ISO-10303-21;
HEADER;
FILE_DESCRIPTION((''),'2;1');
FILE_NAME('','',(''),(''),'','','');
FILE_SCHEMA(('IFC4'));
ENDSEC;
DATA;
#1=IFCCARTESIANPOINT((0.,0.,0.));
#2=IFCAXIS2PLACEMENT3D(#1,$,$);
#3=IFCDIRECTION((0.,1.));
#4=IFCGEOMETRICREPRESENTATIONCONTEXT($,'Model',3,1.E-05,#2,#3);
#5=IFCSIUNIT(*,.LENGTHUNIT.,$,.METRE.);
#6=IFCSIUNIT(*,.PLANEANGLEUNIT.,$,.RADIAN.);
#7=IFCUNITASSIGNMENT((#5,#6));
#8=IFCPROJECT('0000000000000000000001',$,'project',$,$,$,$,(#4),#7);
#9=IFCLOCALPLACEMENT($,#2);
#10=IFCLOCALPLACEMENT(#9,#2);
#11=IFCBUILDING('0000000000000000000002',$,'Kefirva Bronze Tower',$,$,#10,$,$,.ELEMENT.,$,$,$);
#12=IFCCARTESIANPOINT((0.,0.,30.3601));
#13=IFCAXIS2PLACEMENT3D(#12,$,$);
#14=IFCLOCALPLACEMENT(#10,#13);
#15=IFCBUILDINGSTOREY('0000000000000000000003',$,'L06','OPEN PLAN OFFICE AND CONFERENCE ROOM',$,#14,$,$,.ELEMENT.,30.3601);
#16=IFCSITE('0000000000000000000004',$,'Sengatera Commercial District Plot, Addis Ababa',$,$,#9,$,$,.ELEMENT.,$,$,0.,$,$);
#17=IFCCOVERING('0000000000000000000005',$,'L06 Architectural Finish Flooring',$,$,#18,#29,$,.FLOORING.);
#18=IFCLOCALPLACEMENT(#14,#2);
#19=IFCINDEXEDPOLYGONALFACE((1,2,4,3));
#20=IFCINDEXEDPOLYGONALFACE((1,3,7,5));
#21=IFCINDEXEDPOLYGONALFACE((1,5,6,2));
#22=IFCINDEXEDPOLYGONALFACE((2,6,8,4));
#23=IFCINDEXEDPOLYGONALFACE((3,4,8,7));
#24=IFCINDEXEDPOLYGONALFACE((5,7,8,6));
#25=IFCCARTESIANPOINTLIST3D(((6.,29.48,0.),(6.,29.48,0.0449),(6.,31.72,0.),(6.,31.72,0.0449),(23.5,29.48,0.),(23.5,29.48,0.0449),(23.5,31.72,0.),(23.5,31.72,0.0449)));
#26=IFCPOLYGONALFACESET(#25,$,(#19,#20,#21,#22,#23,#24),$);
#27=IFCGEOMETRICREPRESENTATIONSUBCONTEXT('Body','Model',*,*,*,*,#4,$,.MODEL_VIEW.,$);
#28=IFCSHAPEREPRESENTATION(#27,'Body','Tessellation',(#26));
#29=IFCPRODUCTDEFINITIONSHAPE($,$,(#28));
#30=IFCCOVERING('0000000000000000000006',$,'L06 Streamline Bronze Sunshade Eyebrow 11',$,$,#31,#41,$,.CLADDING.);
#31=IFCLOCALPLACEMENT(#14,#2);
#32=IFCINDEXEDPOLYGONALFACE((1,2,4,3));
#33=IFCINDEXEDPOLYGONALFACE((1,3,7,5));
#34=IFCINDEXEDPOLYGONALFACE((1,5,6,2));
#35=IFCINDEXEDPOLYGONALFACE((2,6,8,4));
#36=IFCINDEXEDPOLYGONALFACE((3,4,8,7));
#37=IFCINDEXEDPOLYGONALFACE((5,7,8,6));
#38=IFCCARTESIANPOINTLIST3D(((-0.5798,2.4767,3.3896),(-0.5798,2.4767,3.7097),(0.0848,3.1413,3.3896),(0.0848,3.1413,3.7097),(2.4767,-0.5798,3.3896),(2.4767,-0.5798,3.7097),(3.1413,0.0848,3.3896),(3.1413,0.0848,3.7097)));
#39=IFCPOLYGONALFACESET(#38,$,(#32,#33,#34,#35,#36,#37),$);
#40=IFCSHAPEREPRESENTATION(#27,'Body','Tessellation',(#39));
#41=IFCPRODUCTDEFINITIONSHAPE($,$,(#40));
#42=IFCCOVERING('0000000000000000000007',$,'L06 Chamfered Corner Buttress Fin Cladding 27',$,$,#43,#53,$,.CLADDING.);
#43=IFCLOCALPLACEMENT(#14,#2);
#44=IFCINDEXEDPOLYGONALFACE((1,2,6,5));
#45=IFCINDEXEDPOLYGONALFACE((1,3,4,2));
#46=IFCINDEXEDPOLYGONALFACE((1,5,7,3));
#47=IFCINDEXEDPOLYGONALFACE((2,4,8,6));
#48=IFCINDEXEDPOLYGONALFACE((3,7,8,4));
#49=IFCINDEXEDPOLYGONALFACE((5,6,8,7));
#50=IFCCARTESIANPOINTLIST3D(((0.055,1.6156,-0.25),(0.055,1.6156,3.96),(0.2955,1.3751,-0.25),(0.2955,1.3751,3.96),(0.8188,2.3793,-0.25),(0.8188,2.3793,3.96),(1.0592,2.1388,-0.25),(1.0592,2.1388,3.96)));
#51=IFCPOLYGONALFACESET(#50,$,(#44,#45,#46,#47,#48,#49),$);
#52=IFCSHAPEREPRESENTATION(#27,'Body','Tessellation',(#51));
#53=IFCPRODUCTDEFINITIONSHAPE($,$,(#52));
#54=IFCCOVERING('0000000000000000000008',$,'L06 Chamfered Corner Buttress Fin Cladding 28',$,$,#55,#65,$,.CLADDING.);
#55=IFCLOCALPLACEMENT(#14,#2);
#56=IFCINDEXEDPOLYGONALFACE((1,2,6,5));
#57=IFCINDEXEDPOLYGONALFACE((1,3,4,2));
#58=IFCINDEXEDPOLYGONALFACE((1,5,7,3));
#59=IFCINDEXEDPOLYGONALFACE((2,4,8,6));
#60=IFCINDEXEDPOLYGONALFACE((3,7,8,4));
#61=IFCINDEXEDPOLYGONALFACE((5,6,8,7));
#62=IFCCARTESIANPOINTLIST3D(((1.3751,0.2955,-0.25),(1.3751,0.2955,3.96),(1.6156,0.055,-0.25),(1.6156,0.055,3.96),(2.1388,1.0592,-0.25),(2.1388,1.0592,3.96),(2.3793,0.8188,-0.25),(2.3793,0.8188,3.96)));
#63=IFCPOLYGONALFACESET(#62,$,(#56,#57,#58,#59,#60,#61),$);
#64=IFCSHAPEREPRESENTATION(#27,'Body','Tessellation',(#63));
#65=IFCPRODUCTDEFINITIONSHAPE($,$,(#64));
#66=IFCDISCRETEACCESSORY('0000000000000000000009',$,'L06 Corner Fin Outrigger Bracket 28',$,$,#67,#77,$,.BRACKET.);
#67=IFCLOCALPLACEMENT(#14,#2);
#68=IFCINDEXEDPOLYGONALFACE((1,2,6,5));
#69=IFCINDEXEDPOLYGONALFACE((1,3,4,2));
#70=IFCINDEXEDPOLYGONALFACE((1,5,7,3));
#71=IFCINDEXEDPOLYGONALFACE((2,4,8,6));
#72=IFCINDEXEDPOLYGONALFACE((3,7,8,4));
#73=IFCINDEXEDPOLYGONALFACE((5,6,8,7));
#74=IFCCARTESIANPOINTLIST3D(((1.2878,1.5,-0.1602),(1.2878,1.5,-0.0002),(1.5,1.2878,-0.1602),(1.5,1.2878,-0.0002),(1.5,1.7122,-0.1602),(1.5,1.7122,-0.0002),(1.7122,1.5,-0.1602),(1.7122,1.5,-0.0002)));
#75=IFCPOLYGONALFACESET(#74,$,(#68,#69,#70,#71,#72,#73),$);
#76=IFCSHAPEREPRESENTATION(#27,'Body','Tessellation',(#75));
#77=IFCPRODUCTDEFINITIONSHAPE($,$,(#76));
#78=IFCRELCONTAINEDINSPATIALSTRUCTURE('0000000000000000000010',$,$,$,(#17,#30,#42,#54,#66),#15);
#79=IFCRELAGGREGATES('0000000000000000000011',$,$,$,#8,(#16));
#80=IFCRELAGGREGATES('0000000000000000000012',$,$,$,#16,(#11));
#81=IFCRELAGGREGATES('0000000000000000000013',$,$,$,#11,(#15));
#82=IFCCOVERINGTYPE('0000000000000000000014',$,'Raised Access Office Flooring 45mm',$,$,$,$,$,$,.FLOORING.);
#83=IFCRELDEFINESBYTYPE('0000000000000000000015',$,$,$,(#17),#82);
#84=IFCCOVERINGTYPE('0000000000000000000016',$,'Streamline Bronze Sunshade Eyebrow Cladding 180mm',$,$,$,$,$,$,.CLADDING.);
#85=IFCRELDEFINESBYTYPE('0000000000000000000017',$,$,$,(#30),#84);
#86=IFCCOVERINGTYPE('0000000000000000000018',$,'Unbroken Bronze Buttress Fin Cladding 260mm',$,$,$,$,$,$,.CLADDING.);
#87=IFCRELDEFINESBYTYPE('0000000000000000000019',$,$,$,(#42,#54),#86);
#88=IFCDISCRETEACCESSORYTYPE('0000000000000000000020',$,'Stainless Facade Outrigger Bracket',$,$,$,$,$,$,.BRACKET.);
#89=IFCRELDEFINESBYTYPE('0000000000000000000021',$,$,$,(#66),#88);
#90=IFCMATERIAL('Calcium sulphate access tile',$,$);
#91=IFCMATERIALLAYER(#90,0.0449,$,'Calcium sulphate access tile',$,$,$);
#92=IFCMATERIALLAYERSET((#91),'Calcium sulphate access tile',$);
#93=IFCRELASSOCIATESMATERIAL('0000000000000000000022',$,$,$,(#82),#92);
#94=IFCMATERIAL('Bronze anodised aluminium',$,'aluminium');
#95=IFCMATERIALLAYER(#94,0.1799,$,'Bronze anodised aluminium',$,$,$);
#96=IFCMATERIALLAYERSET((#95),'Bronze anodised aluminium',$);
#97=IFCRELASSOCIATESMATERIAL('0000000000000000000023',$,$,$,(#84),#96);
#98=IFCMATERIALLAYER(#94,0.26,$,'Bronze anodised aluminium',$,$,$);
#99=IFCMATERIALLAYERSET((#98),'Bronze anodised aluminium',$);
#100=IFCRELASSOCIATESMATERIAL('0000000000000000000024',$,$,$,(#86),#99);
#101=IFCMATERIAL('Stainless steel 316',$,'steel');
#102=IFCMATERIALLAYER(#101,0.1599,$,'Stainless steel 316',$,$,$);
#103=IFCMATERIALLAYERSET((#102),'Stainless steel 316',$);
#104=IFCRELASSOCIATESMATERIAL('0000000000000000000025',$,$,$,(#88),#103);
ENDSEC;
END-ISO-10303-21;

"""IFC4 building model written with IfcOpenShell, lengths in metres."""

from ifc_helpers import new_model, si_unit, direction, frame, origin, origin_2d, place, context, subcontext, project, spatial, polyline, rectangle, outline, extrude, material, layer, layer_set, type_object, element, save


model = new_model("IFC4")

# Units and contexts
model_context = context("Model", 3, precision=1e-05, world=origin(), true_north=direction((0.0, 1.0)))
body_context = subcontext(model_context, "Body", "Model", "MODEL_VIEW")
ifc_project = project(units=[si_unit("LENGTHUNIT", "METRE"), si_unit("PLANEANGLEUNIT", "RADIAN")], contexts=[model_context])

# Site, building, storey
site_placement = place(None, origin())
site = spatial("IfcSite", under=ifc_project, at=site_placement, Name="Sengatera Commercial District Plot, Addis Ababa", CompositionType="ELEMENT", RefElevation=0.0)
building_placement = place(site_placement, origin())
building = spatial("IfcBuilding", under=site, at=building_placement, Name="Kefirva Bronze Tower", CompositionType="ELEMENT")
storey_placement = place(building_placement, frame((0.0, 0.0, 30.3601)))
storey = spatial("IfcBuildingStorey", under=building, at=storey_placement, Name="L06", Description="OPEN PLAN OFFICE AND CONFERENCE ROOM", CompositionType="ELEMENT", Elevation=30.3601)

# Shared definitions
ifc_material_1 = material(Name="Bronze anodised aluminium", Category="aluminium")

# Coverings
ifc_material_2 = material(Name="Calcium sulphate access tile")
ifc_layer_1 = layer(ifc_material_2, 0.0449, Name="Calcium sulphate access tile")
ifc_layer_set_1 = layer_set([ifc_layer_1], Name="Calcium sulphate access tile")
covering_type_1 = type_object("IfcCoveringType", Name="Raised Access Office Flooring 45mm", PredefinedType="FLOORING", material=ifc_layer_set_1)
covering_1_placement = place(storey_placement, origin())
element("IfcCovering", 1, at=covering_1_placement, inside=storey, type_object=covering_type_1, Name="L06 Architectural Finish Flooring", PredefinedType="FLOORING", context=body_context, shape_type="SweptSolid", body=[
    extrude(outline(polyline([(6.0, 29.48), (23.5, 29.48), (23.5, 31.72), (6.0, 31.72), (6.0, 29.48)])), origin(), (0.0, 0.0, 1.0), 0.0449),
])
ifc_layer_2 = layer(ifc_material_1, 0.1799, Name="Bronze anodised aluminium")
ifc_layer_set_2 = layer_set([ifc_layer_2], Name="Bronze anodised aluminium")
covering_type_2 = type_object("IfcCoveringType", Name="Streamline Bronze Sunshade Eyebrow Cladding 180mm", PredefinedType="CLADDING", material=ifc_layer_set_2)
covering_2_placement = place(storey_placement, frame((1.2808, 1.2808, 3.3896), z_axis=(0.0, 0.0, 1.0), x_axis=(0.707107, -0.707107, 0.0)))
element("IfcCovering", 2, at=covering_2_placement, inside=storey, type_object=covering_type_2, Name="L06 Streamline Bronze Sunshade Eyebrow 11", PredefinedType="CLADDING", context=body_context, shape_type="SweptSolid", body=[
    extrude(rectangle(XDim=4.3225, YDim=0.9399, at=origin_2d()), origin(), (0.0, 0.0, 1.0), 0.3201),
])
ifc_layer_3 = layer(ifc_material_1, 0.26, Name="Bronze anodised aluminium")
ifc_layer_set_3 = layer_set([ifc_layer_3], Name="Bronze anodised aluminium")
covering_type_3 = type_object("IfcCoveringType", Name="Unbroken Bronze Buttress Fin Cladding 260mm", PredefinedType="CLADDING", material=ifc_layer_set_3)
for number, where, z_axis, x_axis, name in (
    (3, (0.5571, 1.8772, -0.25), (0.0, 0.0, 1.0), (0.707107, -0.707107, 0.0), "L06 Chamfered Corner Buttress Fin Cladding 27"),
    (4, (1.8772, 0.5571, -0.25), (0.0, 0.0, 1.0), (0.707107, -0.707107, 0.0), "L06 Chamfered Corner Buttress Fin Cladding 28"),
):
    element("IfcCovering", number, at=place(storey_placement, frame(where, z_axis=z_axis, x_axis=x_axis)), inside=storey, type_object=covering_type_3, Name=name, PredefinedType="CLADDING", context=body_context, shape_type="SweptSolid", body=[
        extrude(rectangle(XDim=0.3401, YDim=1.0801, at=origin_2d()), origin(), (0.0, 0.0, 1.0), 4.21),
    ])

# Discrete accessory
ifc_material_3 = material(Name="Stainless steel 316", Category="steel")
ifc_layer_4 = layer(ifc_material_3, 0.1599, Name="Stainless steel 316")
ifc_layer_set_4 = layer_set([ifc_layer_4], Name="Stainless steel 316")
discrete_accessory_type = type_object("IfcDiscreteAccessoryType", Name="Stainless Facade Outrigger Bracket", PredefinedType="BRACKET", material=ifc_layer_set_4)
discrete_accessory_placement = place(storey_placement, frame((1.5, 1.5, -0.1602), z_axis=(0.0, 0.0, 1.0), x_axis=(0.707107, -0.707107, 0.0)))
element("IfcDiscreteAccessory", 5, at=discrete_accessory_placement, inside=storey, type_object=discrete_accessory_type, Name="L06 Corner Fin Outrigger Bracket 28", PredefinedType="BRACKET", context=body_context, shape_type="SweptSolid", body=[
    extrude(rectangle(XDim=0.3, YDim=0.3, at=origin_2d()), origin(), (0.0, 0.0, 1.0), 0.1599),
])

save(model, "model.ifc")
